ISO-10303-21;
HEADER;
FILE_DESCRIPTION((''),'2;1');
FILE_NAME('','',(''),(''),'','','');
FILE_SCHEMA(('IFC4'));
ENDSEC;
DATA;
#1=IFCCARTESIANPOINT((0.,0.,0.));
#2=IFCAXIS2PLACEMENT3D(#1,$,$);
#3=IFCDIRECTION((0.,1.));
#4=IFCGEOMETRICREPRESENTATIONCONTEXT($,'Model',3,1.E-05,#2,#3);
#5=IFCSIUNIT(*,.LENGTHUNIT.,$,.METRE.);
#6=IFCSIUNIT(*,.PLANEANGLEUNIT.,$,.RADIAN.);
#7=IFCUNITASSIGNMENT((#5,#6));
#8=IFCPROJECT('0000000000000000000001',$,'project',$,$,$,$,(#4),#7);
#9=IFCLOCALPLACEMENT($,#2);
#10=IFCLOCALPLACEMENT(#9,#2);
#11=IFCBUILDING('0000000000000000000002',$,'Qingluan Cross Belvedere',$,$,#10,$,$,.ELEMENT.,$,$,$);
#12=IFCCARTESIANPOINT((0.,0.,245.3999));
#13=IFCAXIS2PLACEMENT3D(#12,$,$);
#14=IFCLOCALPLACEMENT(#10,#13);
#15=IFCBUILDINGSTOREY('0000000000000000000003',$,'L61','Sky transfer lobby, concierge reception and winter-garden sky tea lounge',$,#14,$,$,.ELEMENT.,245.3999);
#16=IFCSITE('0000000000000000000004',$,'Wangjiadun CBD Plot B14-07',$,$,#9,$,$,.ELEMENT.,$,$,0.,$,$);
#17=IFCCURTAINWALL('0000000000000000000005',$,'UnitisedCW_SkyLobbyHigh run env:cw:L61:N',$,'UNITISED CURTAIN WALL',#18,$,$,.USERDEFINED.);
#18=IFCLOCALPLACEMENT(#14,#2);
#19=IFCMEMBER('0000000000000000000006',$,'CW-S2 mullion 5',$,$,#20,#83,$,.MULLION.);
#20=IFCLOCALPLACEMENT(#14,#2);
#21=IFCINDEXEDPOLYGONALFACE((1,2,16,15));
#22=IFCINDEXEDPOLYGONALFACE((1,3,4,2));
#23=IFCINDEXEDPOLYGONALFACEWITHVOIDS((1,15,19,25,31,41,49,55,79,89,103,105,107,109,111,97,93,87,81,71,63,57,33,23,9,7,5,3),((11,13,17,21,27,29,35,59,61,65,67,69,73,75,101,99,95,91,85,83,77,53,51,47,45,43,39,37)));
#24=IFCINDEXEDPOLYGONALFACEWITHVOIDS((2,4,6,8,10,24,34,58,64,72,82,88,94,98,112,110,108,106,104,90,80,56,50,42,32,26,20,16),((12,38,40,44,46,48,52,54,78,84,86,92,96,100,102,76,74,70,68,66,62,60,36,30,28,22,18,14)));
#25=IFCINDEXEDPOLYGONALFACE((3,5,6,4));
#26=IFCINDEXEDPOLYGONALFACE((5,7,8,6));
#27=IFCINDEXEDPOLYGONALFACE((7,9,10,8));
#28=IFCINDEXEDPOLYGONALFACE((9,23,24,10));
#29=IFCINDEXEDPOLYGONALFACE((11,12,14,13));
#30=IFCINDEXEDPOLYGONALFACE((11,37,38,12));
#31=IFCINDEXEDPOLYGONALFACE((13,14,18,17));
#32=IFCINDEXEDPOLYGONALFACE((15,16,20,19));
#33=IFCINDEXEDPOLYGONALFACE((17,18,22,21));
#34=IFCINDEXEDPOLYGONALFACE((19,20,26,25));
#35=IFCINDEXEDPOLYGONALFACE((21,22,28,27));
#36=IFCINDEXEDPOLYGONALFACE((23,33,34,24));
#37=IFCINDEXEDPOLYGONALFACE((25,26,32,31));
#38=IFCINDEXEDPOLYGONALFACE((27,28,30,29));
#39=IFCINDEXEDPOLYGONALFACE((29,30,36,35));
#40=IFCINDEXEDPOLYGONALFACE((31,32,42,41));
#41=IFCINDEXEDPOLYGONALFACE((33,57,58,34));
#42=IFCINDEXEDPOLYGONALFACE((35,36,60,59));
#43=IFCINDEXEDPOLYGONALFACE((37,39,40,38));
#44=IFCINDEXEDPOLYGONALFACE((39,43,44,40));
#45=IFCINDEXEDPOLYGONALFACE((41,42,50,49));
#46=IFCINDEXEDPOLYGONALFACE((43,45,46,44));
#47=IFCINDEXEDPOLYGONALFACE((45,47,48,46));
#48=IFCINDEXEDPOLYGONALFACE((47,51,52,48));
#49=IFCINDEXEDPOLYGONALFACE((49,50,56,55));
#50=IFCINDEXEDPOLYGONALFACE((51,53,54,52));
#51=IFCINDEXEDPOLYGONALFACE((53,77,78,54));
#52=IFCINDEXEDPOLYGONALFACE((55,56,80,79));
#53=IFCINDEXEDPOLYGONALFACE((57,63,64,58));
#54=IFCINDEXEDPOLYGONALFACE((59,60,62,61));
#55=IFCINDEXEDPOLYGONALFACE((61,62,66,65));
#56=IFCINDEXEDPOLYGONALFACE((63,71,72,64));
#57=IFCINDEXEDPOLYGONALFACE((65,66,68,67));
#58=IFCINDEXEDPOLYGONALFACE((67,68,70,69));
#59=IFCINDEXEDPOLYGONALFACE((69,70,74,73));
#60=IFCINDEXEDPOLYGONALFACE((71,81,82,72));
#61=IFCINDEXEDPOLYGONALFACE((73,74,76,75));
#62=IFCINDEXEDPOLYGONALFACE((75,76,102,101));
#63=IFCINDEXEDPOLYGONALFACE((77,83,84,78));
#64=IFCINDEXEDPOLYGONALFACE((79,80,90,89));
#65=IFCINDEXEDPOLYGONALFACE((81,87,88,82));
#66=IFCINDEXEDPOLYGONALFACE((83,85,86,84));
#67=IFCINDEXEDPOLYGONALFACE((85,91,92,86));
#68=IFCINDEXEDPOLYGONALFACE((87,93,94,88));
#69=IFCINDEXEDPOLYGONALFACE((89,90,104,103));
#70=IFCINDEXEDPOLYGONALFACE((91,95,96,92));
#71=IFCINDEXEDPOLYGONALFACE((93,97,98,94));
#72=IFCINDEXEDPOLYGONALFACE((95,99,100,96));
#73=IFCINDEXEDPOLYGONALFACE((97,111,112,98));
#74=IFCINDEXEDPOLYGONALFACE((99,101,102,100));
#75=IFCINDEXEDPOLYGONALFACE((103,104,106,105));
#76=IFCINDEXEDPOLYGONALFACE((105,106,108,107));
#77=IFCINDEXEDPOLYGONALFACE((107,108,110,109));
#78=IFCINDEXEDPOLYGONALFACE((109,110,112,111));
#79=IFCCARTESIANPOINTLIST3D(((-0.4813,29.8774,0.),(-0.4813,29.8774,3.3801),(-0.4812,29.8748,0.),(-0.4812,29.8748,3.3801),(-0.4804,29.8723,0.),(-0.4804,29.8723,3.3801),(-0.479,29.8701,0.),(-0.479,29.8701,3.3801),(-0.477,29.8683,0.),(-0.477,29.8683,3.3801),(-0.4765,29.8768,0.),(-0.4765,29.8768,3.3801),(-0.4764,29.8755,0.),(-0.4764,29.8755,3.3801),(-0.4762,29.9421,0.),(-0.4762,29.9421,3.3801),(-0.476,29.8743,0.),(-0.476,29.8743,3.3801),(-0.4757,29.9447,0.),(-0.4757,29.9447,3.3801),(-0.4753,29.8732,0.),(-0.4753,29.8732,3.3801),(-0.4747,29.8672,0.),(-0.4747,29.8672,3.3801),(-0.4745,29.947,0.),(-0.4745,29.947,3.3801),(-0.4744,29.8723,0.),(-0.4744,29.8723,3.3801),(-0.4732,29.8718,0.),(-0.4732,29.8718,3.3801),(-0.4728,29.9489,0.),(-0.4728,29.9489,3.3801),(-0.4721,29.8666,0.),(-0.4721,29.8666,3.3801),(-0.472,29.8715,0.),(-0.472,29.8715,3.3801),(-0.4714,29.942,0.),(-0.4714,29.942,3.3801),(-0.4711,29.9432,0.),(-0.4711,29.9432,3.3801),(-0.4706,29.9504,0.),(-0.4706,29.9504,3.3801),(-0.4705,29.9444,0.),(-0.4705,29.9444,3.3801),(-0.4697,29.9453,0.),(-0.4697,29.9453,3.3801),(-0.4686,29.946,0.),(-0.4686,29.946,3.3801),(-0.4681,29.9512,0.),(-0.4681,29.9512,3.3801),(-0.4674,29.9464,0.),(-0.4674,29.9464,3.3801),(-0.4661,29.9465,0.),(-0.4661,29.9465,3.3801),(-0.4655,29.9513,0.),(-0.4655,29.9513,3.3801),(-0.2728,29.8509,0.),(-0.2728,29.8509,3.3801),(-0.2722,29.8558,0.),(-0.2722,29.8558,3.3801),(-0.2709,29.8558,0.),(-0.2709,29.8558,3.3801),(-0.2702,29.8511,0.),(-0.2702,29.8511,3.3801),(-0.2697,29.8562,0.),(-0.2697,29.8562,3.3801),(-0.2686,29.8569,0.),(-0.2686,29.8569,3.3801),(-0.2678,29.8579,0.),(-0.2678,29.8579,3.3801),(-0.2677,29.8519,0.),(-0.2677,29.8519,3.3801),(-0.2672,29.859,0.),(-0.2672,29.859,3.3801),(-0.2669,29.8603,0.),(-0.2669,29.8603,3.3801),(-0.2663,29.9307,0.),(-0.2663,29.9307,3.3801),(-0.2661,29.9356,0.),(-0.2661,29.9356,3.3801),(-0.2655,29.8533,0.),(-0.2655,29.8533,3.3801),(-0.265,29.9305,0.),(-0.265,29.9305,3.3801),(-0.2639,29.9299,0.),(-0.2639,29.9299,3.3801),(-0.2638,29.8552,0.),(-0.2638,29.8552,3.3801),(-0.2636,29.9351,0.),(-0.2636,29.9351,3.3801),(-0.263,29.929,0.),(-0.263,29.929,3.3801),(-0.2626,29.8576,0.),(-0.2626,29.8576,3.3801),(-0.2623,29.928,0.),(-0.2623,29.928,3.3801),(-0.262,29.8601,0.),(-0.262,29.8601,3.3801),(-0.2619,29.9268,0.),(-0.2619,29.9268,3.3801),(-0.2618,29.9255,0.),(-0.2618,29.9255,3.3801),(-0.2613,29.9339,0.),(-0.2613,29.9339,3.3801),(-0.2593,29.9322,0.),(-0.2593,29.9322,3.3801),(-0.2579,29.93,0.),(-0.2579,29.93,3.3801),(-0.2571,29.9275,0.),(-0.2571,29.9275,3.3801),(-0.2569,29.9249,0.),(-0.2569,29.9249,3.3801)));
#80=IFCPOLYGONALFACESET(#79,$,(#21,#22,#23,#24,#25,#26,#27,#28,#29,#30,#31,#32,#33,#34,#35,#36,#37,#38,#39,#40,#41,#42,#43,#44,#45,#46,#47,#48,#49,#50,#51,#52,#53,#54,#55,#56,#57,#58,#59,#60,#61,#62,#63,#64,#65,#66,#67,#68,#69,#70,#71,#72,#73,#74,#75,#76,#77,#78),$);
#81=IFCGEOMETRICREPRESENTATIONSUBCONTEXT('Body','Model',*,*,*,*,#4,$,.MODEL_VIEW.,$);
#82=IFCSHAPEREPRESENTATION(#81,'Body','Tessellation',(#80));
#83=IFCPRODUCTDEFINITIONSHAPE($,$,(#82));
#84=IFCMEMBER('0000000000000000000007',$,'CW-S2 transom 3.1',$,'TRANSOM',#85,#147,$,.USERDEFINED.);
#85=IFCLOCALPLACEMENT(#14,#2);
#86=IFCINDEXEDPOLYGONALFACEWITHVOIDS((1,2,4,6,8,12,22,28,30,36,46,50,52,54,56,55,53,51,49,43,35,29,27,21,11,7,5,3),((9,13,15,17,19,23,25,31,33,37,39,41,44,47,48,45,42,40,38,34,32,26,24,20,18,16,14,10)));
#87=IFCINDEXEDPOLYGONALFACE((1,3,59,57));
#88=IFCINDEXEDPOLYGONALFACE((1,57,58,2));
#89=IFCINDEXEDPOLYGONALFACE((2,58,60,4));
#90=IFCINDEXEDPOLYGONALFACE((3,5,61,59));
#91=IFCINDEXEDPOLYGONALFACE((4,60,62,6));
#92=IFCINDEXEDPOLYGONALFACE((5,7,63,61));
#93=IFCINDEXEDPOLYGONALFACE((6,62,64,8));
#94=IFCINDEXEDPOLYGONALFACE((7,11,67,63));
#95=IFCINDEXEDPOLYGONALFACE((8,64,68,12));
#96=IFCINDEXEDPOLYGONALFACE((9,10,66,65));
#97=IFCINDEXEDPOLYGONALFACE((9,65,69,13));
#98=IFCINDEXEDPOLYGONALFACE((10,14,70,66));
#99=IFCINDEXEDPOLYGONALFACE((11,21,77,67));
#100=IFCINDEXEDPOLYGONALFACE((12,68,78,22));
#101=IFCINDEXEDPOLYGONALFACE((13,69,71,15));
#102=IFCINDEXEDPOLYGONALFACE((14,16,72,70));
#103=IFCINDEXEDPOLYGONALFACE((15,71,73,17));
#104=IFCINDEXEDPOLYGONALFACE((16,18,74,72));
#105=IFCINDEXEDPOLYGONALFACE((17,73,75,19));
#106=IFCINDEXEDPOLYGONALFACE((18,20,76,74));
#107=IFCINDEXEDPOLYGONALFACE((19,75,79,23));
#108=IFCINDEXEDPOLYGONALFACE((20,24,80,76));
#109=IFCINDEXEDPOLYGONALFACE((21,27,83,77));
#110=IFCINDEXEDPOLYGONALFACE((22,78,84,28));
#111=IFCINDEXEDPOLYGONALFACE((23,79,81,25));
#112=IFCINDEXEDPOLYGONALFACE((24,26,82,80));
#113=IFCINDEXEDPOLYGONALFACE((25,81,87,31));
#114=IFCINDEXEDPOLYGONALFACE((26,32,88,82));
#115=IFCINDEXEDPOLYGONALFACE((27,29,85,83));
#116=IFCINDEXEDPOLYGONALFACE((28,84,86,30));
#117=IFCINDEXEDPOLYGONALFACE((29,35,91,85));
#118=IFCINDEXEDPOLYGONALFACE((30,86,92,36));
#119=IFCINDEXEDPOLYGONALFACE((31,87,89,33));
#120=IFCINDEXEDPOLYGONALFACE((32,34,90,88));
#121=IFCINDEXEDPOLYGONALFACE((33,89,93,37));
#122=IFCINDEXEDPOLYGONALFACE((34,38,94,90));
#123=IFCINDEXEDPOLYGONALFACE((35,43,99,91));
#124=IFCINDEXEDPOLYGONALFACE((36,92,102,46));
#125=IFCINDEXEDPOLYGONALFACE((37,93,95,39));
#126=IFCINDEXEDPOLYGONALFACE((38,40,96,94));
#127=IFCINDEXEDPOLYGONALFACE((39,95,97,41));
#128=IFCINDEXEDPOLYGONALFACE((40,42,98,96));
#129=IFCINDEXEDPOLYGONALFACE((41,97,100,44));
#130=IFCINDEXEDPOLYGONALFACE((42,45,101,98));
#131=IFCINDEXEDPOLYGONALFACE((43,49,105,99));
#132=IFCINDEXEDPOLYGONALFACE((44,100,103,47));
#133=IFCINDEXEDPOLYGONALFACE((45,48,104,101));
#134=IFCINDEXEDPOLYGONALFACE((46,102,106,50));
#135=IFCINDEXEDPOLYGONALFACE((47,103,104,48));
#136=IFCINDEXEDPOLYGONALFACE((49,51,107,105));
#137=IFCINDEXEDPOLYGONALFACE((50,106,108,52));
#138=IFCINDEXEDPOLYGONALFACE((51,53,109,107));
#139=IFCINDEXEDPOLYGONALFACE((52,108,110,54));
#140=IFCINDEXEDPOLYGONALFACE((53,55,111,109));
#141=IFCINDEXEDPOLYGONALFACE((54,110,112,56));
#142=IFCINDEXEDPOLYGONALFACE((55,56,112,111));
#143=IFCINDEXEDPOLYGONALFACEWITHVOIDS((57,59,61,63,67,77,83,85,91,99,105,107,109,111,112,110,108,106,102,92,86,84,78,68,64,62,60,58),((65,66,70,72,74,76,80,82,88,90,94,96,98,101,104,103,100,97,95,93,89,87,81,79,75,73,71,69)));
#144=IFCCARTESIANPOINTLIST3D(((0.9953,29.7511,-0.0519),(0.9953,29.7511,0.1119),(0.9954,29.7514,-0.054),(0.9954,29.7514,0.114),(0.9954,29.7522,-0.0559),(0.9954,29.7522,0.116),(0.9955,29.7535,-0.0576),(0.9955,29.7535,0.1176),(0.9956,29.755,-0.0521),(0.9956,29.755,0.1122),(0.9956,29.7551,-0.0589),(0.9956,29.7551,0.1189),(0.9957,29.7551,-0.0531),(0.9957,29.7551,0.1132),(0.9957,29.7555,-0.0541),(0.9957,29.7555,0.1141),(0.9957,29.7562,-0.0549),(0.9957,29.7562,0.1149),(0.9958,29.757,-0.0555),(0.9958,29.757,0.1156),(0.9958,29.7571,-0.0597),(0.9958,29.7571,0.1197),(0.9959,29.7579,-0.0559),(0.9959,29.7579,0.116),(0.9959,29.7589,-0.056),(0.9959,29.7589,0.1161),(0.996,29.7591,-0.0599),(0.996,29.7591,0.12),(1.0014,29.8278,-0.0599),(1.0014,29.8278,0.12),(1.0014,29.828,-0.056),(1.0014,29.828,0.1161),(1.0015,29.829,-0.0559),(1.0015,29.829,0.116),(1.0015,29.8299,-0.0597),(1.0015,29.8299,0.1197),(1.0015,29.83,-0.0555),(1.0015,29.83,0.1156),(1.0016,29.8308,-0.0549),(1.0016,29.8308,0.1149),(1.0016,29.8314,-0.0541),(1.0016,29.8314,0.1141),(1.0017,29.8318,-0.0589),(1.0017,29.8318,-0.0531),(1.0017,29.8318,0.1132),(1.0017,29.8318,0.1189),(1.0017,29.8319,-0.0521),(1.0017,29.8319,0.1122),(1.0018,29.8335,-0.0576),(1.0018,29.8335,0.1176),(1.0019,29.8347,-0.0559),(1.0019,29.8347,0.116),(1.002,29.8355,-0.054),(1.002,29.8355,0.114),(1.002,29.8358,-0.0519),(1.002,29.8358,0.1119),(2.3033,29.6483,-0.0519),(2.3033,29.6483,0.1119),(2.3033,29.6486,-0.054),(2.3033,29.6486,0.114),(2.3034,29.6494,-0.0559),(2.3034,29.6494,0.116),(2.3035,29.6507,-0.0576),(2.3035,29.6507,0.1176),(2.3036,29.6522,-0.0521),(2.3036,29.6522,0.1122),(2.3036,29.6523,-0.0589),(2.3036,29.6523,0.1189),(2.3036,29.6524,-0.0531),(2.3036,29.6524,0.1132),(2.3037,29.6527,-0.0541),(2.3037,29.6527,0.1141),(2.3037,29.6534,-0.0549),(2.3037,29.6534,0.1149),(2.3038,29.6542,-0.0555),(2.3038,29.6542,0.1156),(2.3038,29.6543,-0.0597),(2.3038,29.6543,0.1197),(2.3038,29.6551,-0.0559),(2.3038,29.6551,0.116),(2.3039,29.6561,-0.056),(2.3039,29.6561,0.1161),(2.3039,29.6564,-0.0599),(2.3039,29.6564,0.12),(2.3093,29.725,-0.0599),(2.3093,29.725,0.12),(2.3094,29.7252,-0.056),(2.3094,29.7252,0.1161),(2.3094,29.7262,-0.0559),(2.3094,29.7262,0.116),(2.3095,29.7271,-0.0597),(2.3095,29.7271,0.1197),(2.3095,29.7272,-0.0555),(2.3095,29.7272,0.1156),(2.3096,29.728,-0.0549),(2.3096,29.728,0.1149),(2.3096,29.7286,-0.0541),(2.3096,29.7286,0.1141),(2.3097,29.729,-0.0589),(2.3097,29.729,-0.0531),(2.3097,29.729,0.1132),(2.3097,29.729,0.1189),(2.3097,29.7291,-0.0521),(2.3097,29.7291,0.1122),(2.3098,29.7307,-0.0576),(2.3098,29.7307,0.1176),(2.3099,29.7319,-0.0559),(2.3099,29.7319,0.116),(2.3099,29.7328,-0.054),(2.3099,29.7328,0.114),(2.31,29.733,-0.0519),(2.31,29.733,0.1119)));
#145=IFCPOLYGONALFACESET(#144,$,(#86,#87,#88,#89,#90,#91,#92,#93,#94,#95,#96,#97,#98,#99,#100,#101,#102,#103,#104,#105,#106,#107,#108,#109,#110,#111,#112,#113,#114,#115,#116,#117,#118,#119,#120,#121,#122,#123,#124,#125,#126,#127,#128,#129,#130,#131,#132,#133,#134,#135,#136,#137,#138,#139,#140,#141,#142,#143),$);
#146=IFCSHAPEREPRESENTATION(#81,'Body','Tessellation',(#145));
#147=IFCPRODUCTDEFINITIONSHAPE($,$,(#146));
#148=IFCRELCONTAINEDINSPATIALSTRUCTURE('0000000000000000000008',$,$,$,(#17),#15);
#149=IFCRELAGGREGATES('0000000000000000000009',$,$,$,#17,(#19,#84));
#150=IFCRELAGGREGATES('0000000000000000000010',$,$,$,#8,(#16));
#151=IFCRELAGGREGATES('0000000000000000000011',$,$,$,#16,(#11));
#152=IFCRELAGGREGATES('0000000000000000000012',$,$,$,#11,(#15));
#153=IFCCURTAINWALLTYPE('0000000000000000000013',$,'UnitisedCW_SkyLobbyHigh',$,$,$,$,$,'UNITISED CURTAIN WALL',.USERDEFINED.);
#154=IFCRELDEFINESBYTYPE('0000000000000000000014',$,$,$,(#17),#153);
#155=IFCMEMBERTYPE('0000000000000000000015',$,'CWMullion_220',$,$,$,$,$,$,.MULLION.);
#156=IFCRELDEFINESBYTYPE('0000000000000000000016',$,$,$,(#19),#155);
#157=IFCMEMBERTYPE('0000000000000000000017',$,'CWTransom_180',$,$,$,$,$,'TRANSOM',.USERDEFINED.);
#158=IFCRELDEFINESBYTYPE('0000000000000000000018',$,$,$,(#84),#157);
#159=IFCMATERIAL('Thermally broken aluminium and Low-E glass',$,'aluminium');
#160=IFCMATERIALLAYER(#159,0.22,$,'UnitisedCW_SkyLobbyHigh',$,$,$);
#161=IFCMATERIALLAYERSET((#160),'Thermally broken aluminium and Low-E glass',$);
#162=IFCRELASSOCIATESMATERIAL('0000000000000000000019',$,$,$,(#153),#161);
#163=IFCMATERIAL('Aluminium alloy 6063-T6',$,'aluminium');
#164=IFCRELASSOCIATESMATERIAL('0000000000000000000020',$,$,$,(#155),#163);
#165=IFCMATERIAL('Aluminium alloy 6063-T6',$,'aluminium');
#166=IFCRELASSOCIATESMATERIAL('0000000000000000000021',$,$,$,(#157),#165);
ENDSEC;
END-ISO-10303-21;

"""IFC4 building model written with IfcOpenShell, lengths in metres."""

from ifc_helpers import new_model, si_unit, direction, frame, origin, origin_2d, place, context, subcontext, project, spatial, hollow_rectangle, extrude, material, layer, layer_set, material_profile, profile_set, type_object, element, aggregate, save


model = new_model("IFC4")

# Units and contexts
model_context = context("Model", 3, precision=1e-05, world=origin(), true_north=direction((0.0, 1.0)))
body_context = subcontext(model_context, "Body", "Model", "MODEL_VIEW")
ifc_project = project(units=[si_unit("LENGTHUNIT", "METRE"), si_unit("PLANEANGLEUNIT", "RADIAN")], contexts=[model_context])

# Site, building, storey
site_placement = place(None, origin())
site = spatial("IfcSite", under=ifc_project, at=site_placement, Name="Wangjiadun CBD Plot B14-07", CompositionType="ELEMENT", RefElevation=0.0)
building_placement = place(site_placement, origin())
building = spatial("IfcBuilding", under=site, at=building_placement, Name="Qingluan Cross Belvedere", CompositionType="ELEMENT")
storey_placement = place(building_placement, frame((0.0, 0.0, 245.3999)))
storey = spatial("IfcBuildingStorey", under=building, at=storey_placement, Name="L61", Description="Sky transfer lobby, concierge reception and winter-garden sky tea lounge", CompositionType="ELEMENT", Elevation=245.3999)

# Curtain wall, members
ifc_material_1 = material(Name="Thermally broken aluminium and Low-E glass", Category="aluminium")
ifc_layer_1 = layer(ifc_material_1, 0.22, Name="UnitisedCW_SkyLobbyHigh")
ifc_layer_set_1 = layer_set([ifc_layer_1], Name="Thermally broken aluminium and Low-E glass")
curtain_wall_type = type_object("IfcCurtainWallType", Name="UnitisedCW_SkyLobbyHigh", ElementType="UNITISED CURTAIN WALL", PredefinedType="USERDEFINED", material=ifc_layer_set_1)
curtain_wall_placement = place(storey_placement, origin())
curtain_wall = element("IfcCurtainWall", 1, at=curtain_wall_placement, inside=storey, type_object=curtain_wall_type, Name="UnitisedCW_SkyLobbyHigh run env:cw:L61:N", ObjectType="UNITISED CURTAIN WALL", PredefinedType="USERDEFINED")
ifc_material_2 = material(Name="Aluminium alloy 6063-T6", Category="aluminium")
ifc_material_profile_1 = material_profile(ifc_material_2, hollow_rectangle(XDim=0.085, YDim=0.22, WallThickness=0.0049, InnerFilletRadius=0.0049, OuterFilletRadius=0.01, at=origin_2d()), Name="CWM220x85x5")
ifc_profile_set_1 = profile_set([ifc_material_profile_1], Name="Aluminium alloy 6063-T6")
member_type_1 = type_object("IfcMemberType", Name="CWMullion_220", PredefinedType="MULLION", material=ifc_profile_set_1)
member_1_placement = place(storey_placement, frame((-0.3691, 29.9011, 0.0), z_axis=(0.0, 0.0, 1.0), x_axis=(-0.078462, -0.996917, 0.0)))
member_1 = element("IfcMember", 2, at=member_1_placement, type_object=member_type_1, Name="CW-S2 mullion 5", PredefinedType="MULLION", context=body_context, shape_type="SweptSolid", body=[
    extrude(hollow_rectangle(XDim=0.085, YDim=0.22, WallThickness=0.0049, InnerFilletRadius=0.0049, OuterFilletRadius=0.01, at=origin_2d()), origin(), (0.0, 0.0, 1.0), 3.3801),
])
ifc_material_3 = material(Name="Aluminium alloy 6063-T6", Category="aluminium")
ifc_material_profile_2 = material_profile(ifc_material_3, hollow_rectangle(XDim=0.085, YDim=0.1799, WallThickness=0.0039, InnerFilletRadius=0.0039, OuterFilletRadius=0.0081, at=origin_2d()), Name="CWT180x85x4")
ifc_profile_set_2 = profile_set([ifc_material_profile_2], Name="Aluminium alloy 6063-T6")
member_type_2 = type_object("IfcMemberType", Name="CWTransom_180", ElementType="TRANSOM", PredefinedType="USERDEFINED", material=ifc_profile_set_2)
member_2_placement = place(storey_placement, frame((2.3066, 29.6907, 0.03), z_axis=(-0.996926, 0.078347, 0.0), x_axis=(-0.078347, -0.996926, 0.0)))
member_2 = element("IfcMember", 3, at=member_2_placement, type_object=member_type_2, Name="CW-S2 transom 3.1", ObjectType="TRANSOM", PredefinedType="USERDEFINED", context=body_context, shape_type="SweptSolid", body=[
    extrude(hollow_rectangle(XDim=0.085, YDim=0.1799, WallThickness=0.0039, InnerFilletRadius=0.0039, OuterFilletRadius=0.0081, at=origin_2d()), origin(), (0.0, 0.0, 1.0), 1.312),
])
aggregate(curtain_wall, [member_1, member_2])

save(model, "model.ifc")
